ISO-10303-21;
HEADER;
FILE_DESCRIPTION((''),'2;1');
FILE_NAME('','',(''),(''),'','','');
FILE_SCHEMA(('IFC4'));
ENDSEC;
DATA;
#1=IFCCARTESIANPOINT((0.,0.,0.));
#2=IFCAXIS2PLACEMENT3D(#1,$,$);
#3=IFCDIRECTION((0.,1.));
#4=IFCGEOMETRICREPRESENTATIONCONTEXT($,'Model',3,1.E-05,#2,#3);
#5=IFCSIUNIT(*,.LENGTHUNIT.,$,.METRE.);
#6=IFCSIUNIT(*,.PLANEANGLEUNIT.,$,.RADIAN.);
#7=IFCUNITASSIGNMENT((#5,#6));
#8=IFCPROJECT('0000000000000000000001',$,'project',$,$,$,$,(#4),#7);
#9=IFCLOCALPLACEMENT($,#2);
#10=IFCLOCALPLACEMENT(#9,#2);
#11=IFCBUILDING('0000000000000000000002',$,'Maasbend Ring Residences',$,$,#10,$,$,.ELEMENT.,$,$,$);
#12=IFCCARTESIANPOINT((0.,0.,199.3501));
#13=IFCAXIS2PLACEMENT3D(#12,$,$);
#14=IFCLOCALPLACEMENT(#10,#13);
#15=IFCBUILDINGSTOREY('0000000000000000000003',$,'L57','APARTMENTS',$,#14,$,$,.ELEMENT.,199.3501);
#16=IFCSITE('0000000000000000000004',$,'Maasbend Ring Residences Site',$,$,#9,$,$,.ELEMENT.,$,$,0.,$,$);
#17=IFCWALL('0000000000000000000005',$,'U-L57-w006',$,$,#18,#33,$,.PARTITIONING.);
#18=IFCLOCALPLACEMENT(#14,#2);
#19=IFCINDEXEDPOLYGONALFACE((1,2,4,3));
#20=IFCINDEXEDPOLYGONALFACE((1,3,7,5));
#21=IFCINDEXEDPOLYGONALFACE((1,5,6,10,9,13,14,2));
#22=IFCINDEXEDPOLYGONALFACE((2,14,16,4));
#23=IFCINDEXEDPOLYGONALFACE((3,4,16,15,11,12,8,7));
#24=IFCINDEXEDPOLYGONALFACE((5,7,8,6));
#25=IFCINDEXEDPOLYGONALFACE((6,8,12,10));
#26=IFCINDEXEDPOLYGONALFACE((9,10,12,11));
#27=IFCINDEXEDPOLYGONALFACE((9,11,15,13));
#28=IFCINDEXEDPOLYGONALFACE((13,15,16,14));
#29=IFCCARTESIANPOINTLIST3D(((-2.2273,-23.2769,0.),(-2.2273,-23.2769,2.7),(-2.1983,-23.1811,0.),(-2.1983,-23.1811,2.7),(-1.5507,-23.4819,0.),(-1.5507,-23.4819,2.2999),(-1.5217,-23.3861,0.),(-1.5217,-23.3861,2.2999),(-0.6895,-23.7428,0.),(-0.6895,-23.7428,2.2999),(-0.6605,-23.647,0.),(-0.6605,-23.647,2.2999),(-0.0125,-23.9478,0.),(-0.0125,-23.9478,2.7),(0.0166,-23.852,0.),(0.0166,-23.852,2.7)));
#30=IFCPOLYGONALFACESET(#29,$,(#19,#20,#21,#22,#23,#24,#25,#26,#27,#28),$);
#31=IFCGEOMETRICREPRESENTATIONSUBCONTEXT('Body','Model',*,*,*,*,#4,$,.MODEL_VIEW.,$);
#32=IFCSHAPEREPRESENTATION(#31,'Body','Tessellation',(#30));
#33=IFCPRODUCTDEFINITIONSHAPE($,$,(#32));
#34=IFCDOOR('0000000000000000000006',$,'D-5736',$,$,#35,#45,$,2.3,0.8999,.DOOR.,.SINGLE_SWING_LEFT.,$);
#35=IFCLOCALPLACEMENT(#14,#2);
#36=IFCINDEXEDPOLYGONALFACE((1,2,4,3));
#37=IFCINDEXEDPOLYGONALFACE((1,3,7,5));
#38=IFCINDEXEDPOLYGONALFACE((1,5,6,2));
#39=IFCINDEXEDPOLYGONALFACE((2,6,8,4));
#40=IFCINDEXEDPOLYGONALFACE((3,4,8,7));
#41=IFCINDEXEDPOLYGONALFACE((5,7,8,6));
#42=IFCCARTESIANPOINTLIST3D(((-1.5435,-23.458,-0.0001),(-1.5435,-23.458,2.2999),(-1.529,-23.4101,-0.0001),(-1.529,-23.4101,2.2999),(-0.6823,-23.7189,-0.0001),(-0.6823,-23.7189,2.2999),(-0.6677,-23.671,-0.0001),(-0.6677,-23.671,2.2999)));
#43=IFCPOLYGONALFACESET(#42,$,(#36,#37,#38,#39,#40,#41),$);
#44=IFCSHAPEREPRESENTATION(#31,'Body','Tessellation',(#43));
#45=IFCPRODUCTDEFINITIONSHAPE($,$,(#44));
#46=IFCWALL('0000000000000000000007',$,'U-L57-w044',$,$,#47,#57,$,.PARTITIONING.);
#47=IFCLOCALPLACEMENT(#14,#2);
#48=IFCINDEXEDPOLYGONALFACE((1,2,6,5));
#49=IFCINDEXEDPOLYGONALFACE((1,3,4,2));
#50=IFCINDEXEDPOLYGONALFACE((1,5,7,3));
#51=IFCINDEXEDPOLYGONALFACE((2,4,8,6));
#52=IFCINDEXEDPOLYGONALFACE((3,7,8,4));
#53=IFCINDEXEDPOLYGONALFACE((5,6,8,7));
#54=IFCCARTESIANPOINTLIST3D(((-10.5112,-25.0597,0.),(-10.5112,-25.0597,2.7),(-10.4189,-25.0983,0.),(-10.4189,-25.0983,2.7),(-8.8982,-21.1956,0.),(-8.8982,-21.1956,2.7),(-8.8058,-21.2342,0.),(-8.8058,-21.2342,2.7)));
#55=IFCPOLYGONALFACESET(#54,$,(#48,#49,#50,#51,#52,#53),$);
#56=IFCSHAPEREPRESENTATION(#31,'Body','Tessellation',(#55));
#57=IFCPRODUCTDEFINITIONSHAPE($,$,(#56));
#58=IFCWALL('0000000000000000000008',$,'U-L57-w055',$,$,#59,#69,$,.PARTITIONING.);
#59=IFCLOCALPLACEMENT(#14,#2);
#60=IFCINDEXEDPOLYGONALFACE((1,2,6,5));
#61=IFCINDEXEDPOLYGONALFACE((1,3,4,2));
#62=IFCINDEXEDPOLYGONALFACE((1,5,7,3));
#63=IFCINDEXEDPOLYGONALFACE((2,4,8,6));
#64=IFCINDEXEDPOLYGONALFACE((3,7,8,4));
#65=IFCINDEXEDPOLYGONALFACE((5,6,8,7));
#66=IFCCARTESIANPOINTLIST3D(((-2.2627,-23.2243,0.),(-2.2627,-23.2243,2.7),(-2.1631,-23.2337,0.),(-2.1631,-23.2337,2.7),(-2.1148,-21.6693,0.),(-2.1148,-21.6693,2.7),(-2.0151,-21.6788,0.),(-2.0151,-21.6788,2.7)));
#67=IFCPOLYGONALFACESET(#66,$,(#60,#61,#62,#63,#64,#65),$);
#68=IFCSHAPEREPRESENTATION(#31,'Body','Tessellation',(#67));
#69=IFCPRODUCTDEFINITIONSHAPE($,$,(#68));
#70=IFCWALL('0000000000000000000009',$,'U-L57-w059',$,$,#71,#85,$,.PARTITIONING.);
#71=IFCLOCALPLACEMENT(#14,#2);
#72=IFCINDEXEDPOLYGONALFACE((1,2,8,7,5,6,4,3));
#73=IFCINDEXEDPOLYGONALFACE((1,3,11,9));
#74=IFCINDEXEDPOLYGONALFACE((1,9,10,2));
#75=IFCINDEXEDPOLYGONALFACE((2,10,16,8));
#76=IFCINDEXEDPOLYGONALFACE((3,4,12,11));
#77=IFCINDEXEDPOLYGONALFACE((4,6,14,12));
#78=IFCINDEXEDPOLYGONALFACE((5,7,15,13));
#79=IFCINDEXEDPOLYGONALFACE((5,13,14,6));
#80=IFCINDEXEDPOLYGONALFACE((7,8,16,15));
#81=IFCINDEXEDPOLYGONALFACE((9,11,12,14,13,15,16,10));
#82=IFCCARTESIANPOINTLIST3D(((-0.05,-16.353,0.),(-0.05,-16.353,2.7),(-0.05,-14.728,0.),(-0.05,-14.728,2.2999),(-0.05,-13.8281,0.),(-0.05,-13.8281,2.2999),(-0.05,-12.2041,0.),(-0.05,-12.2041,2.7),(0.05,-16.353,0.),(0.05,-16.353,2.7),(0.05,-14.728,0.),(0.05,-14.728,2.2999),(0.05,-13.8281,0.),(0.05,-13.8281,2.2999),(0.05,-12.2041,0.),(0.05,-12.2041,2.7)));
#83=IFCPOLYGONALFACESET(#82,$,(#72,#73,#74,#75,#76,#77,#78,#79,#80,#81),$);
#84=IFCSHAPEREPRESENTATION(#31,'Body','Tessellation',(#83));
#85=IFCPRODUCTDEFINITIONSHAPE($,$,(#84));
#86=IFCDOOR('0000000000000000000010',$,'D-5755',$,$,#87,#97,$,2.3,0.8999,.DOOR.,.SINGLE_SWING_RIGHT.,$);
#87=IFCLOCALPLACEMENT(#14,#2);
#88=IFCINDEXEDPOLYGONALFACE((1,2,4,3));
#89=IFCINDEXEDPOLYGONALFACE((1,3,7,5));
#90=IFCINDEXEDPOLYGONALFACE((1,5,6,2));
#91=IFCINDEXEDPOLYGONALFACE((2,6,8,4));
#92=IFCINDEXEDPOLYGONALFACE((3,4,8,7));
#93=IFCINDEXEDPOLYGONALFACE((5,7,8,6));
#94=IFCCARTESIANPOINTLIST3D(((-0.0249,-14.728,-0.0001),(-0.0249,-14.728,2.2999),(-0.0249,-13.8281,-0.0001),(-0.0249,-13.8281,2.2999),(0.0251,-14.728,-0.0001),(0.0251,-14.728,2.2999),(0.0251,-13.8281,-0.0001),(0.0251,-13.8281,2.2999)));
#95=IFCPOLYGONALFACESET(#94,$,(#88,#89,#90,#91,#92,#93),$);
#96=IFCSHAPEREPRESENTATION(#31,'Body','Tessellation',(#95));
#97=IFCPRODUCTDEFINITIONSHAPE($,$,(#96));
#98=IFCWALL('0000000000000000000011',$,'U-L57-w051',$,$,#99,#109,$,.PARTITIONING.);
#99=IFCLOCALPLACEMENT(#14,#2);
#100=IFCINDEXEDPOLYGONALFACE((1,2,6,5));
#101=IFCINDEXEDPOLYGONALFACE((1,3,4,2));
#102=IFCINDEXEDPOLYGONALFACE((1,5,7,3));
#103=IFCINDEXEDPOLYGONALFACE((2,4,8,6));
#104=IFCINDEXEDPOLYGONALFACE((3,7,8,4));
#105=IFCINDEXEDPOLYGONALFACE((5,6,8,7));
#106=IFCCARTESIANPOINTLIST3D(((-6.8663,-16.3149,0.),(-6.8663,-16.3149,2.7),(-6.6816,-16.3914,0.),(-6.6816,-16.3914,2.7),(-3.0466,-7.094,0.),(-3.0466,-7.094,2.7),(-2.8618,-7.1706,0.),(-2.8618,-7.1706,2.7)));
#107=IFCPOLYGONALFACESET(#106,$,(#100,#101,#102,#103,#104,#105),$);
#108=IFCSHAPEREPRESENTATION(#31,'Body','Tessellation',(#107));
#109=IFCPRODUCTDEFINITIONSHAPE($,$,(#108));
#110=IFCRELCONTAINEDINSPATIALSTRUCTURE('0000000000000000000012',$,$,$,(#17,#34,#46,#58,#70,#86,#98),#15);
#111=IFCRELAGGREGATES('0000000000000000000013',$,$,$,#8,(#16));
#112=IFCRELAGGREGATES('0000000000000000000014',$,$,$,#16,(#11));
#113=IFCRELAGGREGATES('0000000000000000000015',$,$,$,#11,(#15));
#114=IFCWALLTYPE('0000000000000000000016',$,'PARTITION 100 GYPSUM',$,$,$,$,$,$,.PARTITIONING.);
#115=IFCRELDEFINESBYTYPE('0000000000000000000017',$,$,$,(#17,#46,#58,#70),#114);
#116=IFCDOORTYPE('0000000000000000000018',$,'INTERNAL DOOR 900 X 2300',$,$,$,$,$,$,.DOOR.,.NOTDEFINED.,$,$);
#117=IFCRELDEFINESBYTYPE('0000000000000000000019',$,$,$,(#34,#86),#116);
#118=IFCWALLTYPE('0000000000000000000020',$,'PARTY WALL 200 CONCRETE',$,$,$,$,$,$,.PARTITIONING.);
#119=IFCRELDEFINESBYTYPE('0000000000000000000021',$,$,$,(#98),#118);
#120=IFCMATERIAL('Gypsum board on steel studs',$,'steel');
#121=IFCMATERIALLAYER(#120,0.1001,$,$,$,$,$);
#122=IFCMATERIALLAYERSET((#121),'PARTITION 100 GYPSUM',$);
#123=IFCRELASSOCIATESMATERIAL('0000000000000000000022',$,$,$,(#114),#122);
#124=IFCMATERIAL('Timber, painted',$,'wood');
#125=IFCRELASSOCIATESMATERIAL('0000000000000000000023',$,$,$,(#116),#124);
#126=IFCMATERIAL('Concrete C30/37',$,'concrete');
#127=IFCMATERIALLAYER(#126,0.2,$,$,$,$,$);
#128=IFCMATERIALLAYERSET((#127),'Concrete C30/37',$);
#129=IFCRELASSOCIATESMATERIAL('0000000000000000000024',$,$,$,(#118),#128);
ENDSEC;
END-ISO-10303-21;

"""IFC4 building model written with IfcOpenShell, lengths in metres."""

from ifc_helpers import new_model, si_unit, direction, frame, frame_2d, origin, place, context, subcontext, project, spatial, rectangle, extrude, material, layer, layer_set, type_object, element, fill, save


model = new_model("IFC4")

# Units and contexts
model_context = context("Model", 3, precision=1e-05, world=origin(), true_north=direction((0.0, 1.0)))
body_context = subcontext(model_context, "Body", "Model", "MODEL_VIEW")
ifc_project = project(units=[si_unit("LENGTHUNIT", "METRE"), si_unit("PLANEANGLEUNIT", "RADIAN")], contexts=[model_context])

# Site, building, storey
site_placement = place(None, origin())
site = spatial("IfcSite", under=ifc_project, at=site_placement, Name="Maasbend Ring Residences Site", CompositionType="ELEMENT", RefElevation=0.0)
building_placement = place(site_placement, origin())
building = spatial("IfcBuilding", under=site, at=building_placement, Name="Maasbend Ring Residences", CompositionType="ELEMENT")
storey_placement = place(building_placement, frame((0.0, 0.0, 199.3501)))
storey = spatial("IfcBuildingStorey", under=building, at=storey_placement, Name="L57", Description="APARTMENTS", CompositionType="ELEMENT", Elevation=199.3501)

# Wall, opening, door
ifc_material_1 = material(Name="Gypsum board on steel studs", Category="steel")
ifc_layer_1 = layer(ifc_material_1, 0.1001)
ifc_layer_set_1 = layer_set([ifc_layer_1], Name="PARTITION 100 GYPSUM")
wall_type_1 = type_object("IfcWallType", Name="PARTITION 100 GYPSUM", PredefinedType="PARTITIONING", material=ifc_layer_set_1)
ifc_material_2 = material(Name="Timber, painted", Category="wood")
door_type_1 = type_object("IfcDoorType", Name="INTERNAL DOOR 900 X 2300", OperationType="NOTDEFINED", PredefinedType="DOOR", material=ifc_material_2)
wall_1_placement = place(storey_placement, frame((-2.2129, -23.229, 0.0), z_axis=(0.0, 0.0, 1.0), x_axis=(0.957056, -0.289902, 0.0)))
wall_1 = element("IfcWall", 1, at=wall_1_placement, inside=storey, type_object=wall_type_1, Name="U-L57-w006", PredefinedType="PARTITIONING", context=body_context, shape_type="SweptSolid", body=[
    extrude(rectangle(XDim=2.3142, YDim=0.1001, at=frame_2d((1.1572, 0.0))), origin(), (0.0, 0.0, 1.0), 2.7),
])
opening_1_placement = place(wall_1_placement, frame((0.707, 0.0, 0.0)))
opening_1 = element("IfcOpeningElement", 2, at=opening_1_placement, cuts=wall_1, PredefinedType="OPENING", context=body_context, shape_type="SweptSolid", body=[
    extrude(rectangle(XDim=0.8999, YDim=2.3, at=frame_2d((0.45, 1.1499))), frame((0.0, 0.0601, 0.0), z_axis=(0.0, -1.0, 0.0), x_axis=(1.0, 0.0, 0.0)), (0.0, 0.0, 1.0), 0.1201),
])
door_1_placement = place(opening_1_placement, origin())
door_1 = element("IfcDoor", 3, at=door_1_placement, inside=storey, type_object=door_type_1, Name="D-5736", OperationType="SINGLE_SWING_LEFT", OverallHeight=2.3, OverallWidth=0.8999, PredefinedType="DOOR", context=body_context, shape_type="SweptSolid", body=[
    extrude(rectangle(XDim=0.8999, YDim=2.3, at=frame_2d((0.45, 1.1499))), frame((0.0, 0.0249, 0.0), z_axis=(0.0, -1.0, 0.0), x_axis=(1.0, 0.0, 0.0)), (0.0, 0.0, 1.0), 0.05),
])
fill(opening_1, door_1)

# Walls
wall_2_placement = place(storey_placement, frame((-10.4651, -25.0791, 0.0), z_axis=(0.0, 0.0, 1.0), x_axis=(0.385232, 0.92282, 0.0)))
element("IfcWall", 4, at=wall_2_placement, inside=storey, type_object=wall_type_1, Name="U-L57-w044", PredefinedType="PARTITIONING", context=body_context, shape_type="SweptSolid", body=[
    extrude(rectangle(XDim=4.1873, YDim=0.1001, at=frame_2d((2.0938, 0.0))), origin(), (0.0, 0.0, 1.0), 2.7),
])
wall_3_placement = place(storey_placement, frame((-2.2129, -23.229, 0.0), z_axis=(0.0, 0.0, 1.0), x_axis=(0.094721, 0.995504, 0.0)))
element("IfcWall", 5, at=wall_3_placement, inside=storey, type_object=wall_type_1, Name="U-L57-w055", PredefinedType="PARTITIONING", context=body_context, shape_type="SweptSolid", body=[
    extrude(rectangle(XDim=1.562, YDim=0.1001, at=frame_2d((0.781, 0.0))), origin(), (0.0, 0.0, 1.0), 2.7),
])

# Wall, opening, door
wall_4_placement = place(storey_placement, frame((0.0, -16.353, 0.0), z_axis=(0.0, 0.0, 1.0), x_axis=(0.0, 1.0, 0.0)))
wall_4 = element("IfcWall", 6, at=wall_4_placement, inside=storey, type_object=wall_type_1, Name="U-L57-w059", PredefinedType="PARTITIONING", context=body_context, shape_type="SweptSolid", body=[
    extrude(rectangle(XDim=4.1489, YDim=0.1001, at=frame_2d((2.0745, 0.0))), origin(), (0.0, 0.0, 1.0), 2.7),
])
opening_2_placement = place(wall_4_placement, frame((1.625, 0.0, 0.0)))
opening_2 = element("IfcOpeningElement", 7, at=opening_2_placement, cuts=wall_4, PredefinedType="OPENING", context=body_context, shape_type="SweptSolid", body=[
    extrude(rectangle(XDim=0.8999, YDim=2.3, at=frame_2d((0.45, 1.1499))), frame((0.0, 0.0601, 0.0), z_axis=(0.0, -1.0, 0.0), x_axis=(1.0, 0.0, 0.0)), (0.0, 0.0, 1.0), 0.1201),
])
door_2_placement = place(opening_2_placement, origin())
door_2 = element("IfcDoor", 8, at=door_2_placement, inside=storey, type_object=door_type_1, Name="D-5755", OperationType="SINGLE_SWING_RIGHT", OverallHeight=2.3, OverallWidth=0.8999, PredefinedType="DOOR", context=body_context, shape_type="SweptSolid", body=[
    extrude(rectangle(XDim=0.8999, YDim=2.3, at=frame_2d((0.45, 1.1499))), frame((0.0, 0.0249, 0.0), z_axis=(0.0, -1.0, 0.0), x_axis=(1.0, 0.0, 0.0)), (0.0, 0.0, 1.0), 0.05),
])
fill(opening_2, door_2)

# Wall
ifc_material_3 = material(Name="Concrete C30/37", Category="concrete")
ifc_layer_2 = layer(ifc_material_3, 0.2)
ifc_layer_set_2 = layer_set([ifc_layer_2], Name="Concrete C30/37")
wall_type_2 = type_object("IfcWallType", Name="PARTY WALL 200 CONCRETE", PredefinedType="PARTITIONING", material=ifc_layer_set_2)
wall_5_placement = place(storey_placement, frame((-6.7739, -16.353, 0.0), z_axis=(0.0, 0.0, 1.0), x_axis=(0.382716, 0.923866, 0.0)))
element("IfcWall", 9, at=wall_5_placement, inside=storey, type_object=wall_type_2, Name="U-L57-w051", PredefinedType="PARTITIONING", context=body_context, shape_type="SweptSolid", body=[
    extrude(rectangle(XDim=9.9807, YDim=0.2, at=frame_2d((4.9902, 0.0))), origin(), (0.0, 0.0, 1.0), 2.7),
])

save(model, "model.ifc")
